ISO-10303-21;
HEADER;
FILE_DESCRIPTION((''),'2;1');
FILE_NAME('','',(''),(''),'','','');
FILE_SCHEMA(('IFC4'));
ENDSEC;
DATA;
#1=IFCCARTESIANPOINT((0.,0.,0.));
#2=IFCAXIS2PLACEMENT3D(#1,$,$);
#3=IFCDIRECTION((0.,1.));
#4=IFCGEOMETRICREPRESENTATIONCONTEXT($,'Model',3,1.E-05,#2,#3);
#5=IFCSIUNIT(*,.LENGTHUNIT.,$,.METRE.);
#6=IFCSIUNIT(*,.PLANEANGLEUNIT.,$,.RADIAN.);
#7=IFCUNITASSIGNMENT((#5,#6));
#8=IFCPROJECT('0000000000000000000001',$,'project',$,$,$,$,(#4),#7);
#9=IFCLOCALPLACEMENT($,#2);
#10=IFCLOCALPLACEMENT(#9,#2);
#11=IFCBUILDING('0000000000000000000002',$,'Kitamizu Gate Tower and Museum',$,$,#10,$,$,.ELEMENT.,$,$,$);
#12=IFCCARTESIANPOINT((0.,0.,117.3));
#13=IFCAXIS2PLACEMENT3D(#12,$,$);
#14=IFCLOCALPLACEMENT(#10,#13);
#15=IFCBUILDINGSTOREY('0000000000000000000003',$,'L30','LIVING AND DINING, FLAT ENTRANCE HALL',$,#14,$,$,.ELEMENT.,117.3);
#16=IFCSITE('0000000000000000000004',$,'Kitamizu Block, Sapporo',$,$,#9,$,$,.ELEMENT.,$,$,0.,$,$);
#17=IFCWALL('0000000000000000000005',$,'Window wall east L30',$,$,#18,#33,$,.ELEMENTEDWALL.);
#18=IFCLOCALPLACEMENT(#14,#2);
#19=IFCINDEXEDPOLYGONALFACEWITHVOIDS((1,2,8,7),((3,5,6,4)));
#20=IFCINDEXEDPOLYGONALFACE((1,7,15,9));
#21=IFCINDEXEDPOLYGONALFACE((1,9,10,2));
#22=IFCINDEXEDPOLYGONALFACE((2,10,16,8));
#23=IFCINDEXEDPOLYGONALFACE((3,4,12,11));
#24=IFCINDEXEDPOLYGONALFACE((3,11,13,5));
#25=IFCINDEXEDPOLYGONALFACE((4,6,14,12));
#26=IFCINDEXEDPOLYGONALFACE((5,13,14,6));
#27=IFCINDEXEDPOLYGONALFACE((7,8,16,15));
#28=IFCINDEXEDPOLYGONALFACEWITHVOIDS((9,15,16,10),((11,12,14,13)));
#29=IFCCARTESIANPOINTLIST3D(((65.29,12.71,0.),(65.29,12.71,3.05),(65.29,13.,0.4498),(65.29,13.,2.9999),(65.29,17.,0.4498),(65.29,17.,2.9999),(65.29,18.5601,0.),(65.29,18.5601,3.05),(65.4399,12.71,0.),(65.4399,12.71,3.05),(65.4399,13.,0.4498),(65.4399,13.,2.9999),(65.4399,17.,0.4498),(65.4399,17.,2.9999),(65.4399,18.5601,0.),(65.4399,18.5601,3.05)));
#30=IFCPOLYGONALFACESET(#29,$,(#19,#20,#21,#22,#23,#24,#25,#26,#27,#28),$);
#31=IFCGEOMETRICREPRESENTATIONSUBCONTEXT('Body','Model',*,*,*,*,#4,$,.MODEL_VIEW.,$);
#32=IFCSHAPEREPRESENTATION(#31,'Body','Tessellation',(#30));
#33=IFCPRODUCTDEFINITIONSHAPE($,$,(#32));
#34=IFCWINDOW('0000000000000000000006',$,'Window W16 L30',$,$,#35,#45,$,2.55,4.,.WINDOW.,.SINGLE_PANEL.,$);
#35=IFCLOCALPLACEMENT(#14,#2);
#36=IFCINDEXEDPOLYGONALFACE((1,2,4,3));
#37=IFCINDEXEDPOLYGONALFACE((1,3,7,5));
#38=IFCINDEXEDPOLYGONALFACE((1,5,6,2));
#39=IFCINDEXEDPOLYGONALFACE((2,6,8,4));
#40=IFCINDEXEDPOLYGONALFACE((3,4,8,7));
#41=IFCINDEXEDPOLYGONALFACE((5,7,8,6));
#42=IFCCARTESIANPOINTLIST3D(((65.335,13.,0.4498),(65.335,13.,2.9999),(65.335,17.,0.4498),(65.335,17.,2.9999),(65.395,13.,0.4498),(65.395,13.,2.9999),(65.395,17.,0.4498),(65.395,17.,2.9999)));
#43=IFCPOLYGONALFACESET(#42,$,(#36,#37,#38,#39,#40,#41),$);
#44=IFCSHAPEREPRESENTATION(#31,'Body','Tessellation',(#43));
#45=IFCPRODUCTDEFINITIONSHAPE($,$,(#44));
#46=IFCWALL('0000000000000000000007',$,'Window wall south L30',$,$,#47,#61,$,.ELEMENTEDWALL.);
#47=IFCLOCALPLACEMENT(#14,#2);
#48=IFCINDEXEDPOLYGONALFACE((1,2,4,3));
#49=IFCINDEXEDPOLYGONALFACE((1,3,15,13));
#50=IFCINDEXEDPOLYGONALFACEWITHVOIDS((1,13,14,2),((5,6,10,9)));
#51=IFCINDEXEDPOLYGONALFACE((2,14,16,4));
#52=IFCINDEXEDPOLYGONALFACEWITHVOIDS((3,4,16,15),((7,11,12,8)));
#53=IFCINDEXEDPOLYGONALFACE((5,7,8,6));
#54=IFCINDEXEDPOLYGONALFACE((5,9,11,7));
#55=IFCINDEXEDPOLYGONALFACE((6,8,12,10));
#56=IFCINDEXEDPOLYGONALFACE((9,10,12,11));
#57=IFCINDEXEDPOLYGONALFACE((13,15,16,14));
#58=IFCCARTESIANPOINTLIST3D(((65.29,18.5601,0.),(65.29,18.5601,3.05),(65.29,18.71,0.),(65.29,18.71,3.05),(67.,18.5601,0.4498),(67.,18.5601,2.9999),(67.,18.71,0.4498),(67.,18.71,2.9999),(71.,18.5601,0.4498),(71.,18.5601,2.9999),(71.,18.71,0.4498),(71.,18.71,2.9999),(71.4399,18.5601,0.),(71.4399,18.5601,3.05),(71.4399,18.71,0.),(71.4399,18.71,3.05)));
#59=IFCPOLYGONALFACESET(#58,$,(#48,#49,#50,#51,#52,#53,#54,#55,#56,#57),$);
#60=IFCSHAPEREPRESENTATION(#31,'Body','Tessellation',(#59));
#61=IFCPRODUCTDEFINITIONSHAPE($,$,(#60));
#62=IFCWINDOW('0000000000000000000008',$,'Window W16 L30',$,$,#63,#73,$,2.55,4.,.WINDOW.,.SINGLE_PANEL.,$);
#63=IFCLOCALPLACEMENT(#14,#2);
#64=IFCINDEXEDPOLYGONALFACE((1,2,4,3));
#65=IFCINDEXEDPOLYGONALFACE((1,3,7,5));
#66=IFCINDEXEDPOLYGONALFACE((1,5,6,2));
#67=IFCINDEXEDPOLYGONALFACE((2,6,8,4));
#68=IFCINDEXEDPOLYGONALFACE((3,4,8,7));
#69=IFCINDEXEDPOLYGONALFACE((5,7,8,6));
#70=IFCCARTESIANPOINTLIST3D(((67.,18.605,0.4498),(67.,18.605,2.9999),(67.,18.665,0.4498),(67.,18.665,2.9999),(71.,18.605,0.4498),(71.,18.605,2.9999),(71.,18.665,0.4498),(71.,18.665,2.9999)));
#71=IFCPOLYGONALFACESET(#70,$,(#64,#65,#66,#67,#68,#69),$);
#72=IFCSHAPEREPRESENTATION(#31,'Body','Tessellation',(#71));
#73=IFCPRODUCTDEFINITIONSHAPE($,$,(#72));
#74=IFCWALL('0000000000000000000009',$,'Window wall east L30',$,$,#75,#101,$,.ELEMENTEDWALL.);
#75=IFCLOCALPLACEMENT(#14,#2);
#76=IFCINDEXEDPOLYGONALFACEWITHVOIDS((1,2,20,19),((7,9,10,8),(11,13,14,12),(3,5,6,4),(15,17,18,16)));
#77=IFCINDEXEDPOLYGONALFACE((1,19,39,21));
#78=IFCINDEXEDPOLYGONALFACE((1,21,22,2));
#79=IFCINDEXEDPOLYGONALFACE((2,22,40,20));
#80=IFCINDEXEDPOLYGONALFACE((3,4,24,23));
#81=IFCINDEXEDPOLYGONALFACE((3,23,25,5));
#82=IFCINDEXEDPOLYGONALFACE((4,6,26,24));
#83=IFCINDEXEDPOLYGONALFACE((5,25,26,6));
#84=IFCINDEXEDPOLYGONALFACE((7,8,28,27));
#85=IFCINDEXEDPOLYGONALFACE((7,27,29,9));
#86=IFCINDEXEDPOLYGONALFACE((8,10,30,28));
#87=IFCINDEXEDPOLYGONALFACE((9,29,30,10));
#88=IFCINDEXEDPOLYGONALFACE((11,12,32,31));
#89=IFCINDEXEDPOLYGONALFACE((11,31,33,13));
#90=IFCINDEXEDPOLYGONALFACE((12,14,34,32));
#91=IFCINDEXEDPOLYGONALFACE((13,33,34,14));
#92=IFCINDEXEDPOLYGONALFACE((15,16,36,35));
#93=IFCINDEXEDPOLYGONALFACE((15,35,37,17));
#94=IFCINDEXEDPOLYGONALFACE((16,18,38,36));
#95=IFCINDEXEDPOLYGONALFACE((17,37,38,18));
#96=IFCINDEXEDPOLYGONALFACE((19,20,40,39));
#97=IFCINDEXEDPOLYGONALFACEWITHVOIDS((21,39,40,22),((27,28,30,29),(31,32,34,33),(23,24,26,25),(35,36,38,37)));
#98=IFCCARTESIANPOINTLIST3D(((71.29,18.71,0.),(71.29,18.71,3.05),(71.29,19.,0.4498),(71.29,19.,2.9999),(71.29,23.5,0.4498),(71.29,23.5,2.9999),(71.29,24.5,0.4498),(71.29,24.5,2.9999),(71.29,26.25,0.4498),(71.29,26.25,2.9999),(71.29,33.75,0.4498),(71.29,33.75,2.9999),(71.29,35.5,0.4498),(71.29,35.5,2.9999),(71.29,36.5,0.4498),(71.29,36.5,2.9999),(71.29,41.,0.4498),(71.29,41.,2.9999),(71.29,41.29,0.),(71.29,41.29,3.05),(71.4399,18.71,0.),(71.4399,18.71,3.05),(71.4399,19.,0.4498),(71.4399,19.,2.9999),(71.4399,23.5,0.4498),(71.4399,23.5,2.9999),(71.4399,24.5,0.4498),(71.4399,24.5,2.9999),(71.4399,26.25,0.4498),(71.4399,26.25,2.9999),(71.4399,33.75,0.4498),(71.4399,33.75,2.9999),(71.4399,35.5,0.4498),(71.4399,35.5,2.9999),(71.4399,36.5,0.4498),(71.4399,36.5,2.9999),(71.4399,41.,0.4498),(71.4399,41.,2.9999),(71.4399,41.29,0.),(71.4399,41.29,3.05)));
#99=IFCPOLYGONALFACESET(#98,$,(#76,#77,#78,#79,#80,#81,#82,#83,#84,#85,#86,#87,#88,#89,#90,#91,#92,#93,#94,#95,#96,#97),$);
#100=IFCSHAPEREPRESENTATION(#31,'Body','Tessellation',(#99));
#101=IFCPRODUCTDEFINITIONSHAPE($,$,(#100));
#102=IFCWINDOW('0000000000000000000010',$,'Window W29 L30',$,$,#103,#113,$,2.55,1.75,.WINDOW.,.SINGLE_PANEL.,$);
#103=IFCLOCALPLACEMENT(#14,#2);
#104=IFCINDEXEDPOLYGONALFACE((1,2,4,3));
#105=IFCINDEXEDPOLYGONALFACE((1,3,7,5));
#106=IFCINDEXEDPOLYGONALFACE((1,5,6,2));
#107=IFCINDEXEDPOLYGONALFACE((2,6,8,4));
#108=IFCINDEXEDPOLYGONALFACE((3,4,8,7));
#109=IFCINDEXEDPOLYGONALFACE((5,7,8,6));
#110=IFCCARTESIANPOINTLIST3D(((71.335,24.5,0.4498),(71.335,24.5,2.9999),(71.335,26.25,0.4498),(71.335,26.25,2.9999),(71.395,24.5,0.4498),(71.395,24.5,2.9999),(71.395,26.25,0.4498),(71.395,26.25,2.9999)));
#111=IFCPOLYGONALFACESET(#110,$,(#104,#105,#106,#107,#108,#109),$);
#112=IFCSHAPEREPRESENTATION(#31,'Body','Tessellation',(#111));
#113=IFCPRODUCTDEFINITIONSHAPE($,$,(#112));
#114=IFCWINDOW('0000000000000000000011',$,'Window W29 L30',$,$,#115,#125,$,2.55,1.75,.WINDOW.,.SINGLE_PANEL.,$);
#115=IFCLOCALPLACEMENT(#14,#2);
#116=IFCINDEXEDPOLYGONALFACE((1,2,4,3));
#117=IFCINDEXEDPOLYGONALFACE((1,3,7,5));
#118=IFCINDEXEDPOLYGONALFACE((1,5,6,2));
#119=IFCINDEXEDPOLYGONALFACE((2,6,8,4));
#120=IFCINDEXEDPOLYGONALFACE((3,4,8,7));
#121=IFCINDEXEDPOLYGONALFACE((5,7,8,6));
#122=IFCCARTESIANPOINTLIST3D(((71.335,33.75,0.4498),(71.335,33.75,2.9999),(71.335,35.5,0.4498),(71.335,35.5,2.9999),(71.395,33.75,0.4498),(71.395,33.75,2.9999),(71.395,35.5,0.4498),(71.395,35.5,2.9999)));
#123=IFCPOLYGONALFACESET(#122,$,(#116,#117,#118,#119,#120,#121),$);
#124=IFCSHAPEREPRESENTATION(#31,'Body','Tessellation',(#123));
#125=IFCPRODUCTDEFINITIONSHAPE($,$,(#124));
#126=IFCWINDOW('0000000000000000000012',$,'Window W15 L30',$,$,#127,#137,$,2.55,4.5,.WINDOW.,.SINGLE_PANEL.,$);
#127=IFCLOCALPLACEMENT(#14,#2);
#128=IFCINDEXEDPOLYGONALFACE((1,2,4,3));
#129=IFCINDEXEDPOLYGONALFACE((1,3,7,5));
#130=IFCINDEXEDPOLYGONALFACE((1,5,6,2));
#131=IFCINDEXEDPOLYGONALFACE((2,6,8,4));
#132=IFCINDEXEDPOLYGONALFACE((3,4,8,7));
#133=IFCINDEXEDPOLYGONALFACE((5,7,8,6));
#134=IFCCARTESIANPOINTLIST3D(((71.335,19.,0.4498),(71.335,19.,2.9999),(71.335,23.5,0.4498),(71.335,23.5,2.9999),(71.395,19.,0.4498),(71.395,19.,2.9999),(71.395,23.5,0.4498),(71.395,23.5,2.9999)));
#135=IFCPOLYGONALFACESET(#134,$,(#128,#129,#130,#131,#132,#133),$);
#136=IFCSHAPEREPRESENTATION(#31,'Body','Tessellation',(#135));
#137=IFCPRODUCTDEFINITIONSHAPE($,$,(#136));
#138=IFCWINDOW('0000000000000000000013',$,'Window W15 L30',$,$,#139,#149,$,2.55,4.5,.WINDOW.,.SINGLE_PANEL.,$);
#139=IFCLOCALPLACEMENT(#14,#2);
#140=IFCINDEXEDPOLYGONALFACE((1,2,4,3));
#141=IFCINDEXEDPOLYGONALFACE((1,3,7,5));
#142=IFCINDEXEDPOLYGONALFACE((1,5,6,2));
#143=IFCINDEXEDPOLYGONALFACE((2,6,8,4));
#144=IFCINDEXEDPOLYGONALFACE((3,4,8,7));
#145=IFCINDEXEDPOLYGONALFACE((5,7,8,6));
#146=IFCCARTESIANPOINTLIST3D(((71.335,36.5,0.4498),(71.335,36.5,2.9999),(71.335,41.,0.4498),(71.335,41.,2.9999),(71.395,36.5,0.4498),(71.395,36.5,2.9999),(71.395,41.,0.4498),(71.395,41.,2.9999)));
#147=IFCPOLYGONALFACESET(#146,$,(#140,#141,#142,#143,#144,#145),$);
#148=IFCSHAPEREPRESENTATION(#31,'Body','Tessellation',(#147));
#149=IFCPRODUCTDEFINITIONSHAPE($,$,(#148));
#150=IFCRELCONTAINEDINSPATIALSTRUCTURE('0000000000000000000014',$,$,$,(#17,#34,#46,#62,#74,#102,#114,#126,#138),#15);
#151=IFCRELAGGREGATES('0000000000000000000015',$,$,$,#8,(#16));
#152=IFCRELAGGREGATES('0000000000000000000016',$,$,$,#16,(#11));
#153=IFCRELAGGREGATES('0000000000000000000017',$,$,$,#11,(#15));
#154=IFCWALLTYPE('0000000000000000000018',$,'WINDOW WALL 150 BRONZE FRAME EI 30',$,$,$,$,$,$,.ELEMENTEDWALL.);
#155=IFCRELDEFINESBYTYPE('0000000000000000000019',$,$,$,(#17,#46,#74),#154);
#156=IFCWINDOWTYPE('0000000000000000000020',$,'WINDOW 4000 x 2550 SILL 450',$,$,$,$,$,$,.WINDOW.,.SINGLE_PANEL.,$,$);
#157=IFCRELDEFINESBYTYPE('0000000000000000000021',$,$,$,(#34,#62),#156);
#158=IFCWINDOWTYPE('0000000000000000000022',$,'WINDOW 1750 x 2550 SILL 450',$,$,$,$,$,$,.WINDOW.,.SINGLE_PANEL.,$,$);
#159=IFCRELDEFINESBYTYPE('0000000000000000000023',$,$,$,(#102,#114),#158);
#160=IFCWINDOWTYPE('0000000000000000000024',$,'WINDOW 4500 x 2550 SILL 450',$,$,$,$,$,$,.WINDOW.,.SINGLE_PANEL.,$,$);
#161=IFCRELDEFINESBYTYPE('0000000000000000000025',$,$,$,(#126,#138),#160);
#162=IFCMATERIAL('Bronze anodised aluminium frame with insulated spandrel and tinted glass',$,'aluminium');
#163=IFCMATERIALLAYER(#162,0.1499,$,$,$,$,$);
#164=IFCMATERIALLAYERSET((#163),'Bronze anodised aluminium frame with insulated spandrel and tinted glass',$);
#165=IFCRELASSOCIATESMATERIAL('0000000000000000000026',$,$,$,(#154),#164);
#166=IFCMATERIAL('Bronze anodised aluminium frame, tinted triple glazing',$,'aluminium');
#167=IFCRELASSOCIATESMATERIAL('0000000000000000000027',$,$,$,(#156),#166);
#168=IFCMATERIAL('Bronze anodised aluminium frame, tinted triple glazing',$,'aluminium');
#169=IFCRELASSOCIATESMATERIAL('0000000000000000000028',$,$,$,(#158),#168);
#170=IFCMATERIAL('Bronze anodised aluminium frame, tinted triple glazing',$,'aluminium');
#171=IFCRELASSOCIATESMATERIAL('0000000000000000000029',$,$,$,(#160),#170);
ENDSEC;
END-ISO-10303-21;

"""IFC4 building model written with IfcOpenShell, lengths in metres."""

from ifc_helpers import new_model, si_unit, direction, frame, frame_2d, origin, place, context, subcontext, project, spatial, rectangle, extrude, material, layer, layer_set, type_object, element, fill, save


model = new_model("IFC4")

# Units and contexts
model_context = context("Model", 3, precision=1e-05, world=origin(), true_north=direction((0.0, 1.0)))
body_context = subcontext(model_context, "Body", "Model", "MODEL_VIEW")
ifc_project = project(units=[si_unit("LENGTHUNIT", "METRE"), si_unit("PLANEANGLEUNIT", "RADIAN")], contexts=[model_context])

# Site, building, storey
site_placement = place(None, origin())
site = spatial("IfcSite", under=ifc_project, at=site_placement, Name="Kitamizu Block, Sapporo", CompositionType="ELEMENT", RefElevation=0.0)
building_placement = place(site_placement, origin())
building = spatial("IfcBuilding", under=site, at=building_placement, Name="Kitamizu Gate Tower and Museum", CompositionType="ELEMENT")
storey_placement = place(building_placement, frame((0.0, 0.0, 117.3)))
storey = spatial("IfcBuildingStorey", under=building, at=storey_placement, Name="L30", Description="LIVING AND DINING, FLAT ENTRANCE HALL", CompositionType="ELEMENT", Elevation=117.3)

# Walls, openings, windows
ifc_material_1 = material(Name="Bronze anodised aluminium frame with insulated spandrel and tinted glass", Category="aluminium")
ifc_layer_1 = layer(ifc_material_1, 0.1499)
ifc_layer_set_1 = layer_set([ifc_layer_1], Name="Bronze anodised aluminium frame with insulated spandrel and tinted glass")
wall_type_1 = type_object("IfcWallType", Name="WINDOW WALL 150 BRONZE FRAME EI 30", PredefinedType="ELEMENTEDWALL", material=ifc_layer_set_1)
wall_1_placement = place(storey_placement, frame((65.365, 12.71, 0.0), z_axis=(0.0, 0.0, 1.0), x_axis=(0.0, 1.0, 0.0)))
wall_1 = element("IfcWall", 1, at=wall_1_placement, inside=storey, type_object=wall_type_1, Name="Window wall east L30", PredefinedType="ELEMENTEDWALL", context=body_context, shape_type="SweptSolid", body=[
    extrude(rectangle(XDim=5.8501, YDim=0.1499, at=frame_2d((2.925, 0.0))), origin(), (0.0, 0.0, 1.0), 3.05),
])
opening_1_placement = place(wall_1_placement, frame((0.29, 0.0, 0.45)))
opening_1 = element("IfcOpeningElement", 2, at=opening_1_placement, cuts=wall_1, PredefinedType="OPENING", context=body_context, shape_type="SweptSolid", body=[
    extrude(rectangle(XDim=4.0, YDim=2.55, at=frame_2d((2.0, 1.2749))), frame((0.0, 0.085, 0.0), z_axis=(0.0, -1.0, 0.0), x_axis=(1.0, 0.0, 0.0)), (0.0, 0.0, 1.0), 0.1699),
])
ifc_material_2 = material(Name="Bronze anodised aluminium frame, tinted triple glazing", Category="aluminium")
window_type_1 = type_object("IfcWindowType", Name="WINDOW 4000 x 2550 SILL 450", PartitioningType="SINGLE_PANEL", PredefinedType="WINDOW", material=ifc_material_2)
window_1_placement = place(opening_1_placement, origin())
window_1 = element("IfcWindow", 3, at=window_1_placement, inside=storey, type_object=window_type_1, Name="Window W16 L30", OverallHeight=2.55, OverallWidth=4.0, PartitioningType="SINGLE_PANEL", PredefinedType="WINDOW", context=body_context, shape_type="SweptSolid", body=[
    extrude(rectangle(XDim=4.0, YDim=2.55, at=frame_2d((2.0, 1.2749))), frame((0.0, 0.03, 0.0), z_axis=(0.0, -1.0, 0.0), x_axis=(1.0, 0.0, 0.0)), (0.0, 0.0, 1.0), 0.0601),
])
fill(opening_1, window_1)
wall_2_placement = place(storey_placement, frame((65.29, 18.635, 0.0), z_axis=(0.0, 0.0, 1.0), x_axis=(1.0, 0.0, 0.0)))
wall_2 = element("IfcWall", 4, at=wall_2_placement, inside=storey, type_object=wall_type_1, Name="Window wall south L30", PredefinedType="ELEMENTEDWALL", context=body_context, shape_type="SweptSolid", body=[
    extrude(rectangle(XDim=6.1499, YDim=0.1499, at=frame_2d((3.075, 0.0))), origin(), (0.0, 0.0, 1.0), 3.05),
])
opening_2_placement = place(wall_2_placement, frame((1.71, 0.0, 0.45)))
opening_2 = element("IfcOpeningElement", 5, at=opening_2_placement, cuts=wall_2, PredefinedType="OPENING", context=body_context, shape_type="SweptSolid", body=[
    extrude(rectangle(XDim=4.0, YDim=2.55, at=frame_2d((2.0, 1.2749))), frame((0.0, 0.085, 0.0), z_axis=(0.0, -1.0, 0.0), x_axis=(1.0, 0.0, 0.0)), (0.0, 0.0, 1.0), 0.1699),
])
window_2_placement = place(opening_2_placement, origin())
window_2 = element("IfcWindow", 6, at=window_2_placement, inside=storey, type_object=window_type_1, Name="Window W16 L30", OverallHeight=2.55, OverallWidth=4.0, PartitioningType="SINGLE_PANEL", PredefinedType="WINDOW", context=body_context, shape_type="SweptSolid", body=[
    extrude(rectangle(XDim=4.0, YDim=2.55, at=frame_2d((2.0, 1.2749))), frame((0.0, 0.03, 0.0), z_axis=(0.0, -1.0, 0.0), x_axis=(1.0, 0.0, 0.0)), (0.0, 0.0, 1.0), 0.0601),
])
fill(opening_2, window_2)

# Wall, openings, windows
wall_3_placement = place(storey_placement, frame((71.365, 18.71, 0.0), z_axis=(0.0, 0.0, 1.0), x_axis=(0.0, 1.0, 0.0)))
wall_3 = element("IfcWall", 7, at=wall_3_placement, inside=storey, type_object=wall_type_1, Name="Window wall east L30", PredefinedType="ELEMENTEDWALL", context=body_context, shape_type="SweptSolid", body=[
    extrude(rectangle(XDim=22.5801, YDim=0.1499, at=frame_2d((11.29, 0.0))), origin(), (0.0, 0.0, 1.0), 3.05),
])
opening_3_placement = place(wall_3_placement, frame((0.29, 0.0, 0.45)))
opening_3 = element("IfcOpeningElement", 8, at=opening_3_placement, cuts=wall_3, PredefinedType="OPENING", context=body_context, shape_type="SweptSolid", body=[
    extrude(rectangle(XDim=4.5, YDim=2.55, at=frame_2d((2.25, 1.2749))), frame((0.0, 0.085, 0.0), z_axis=(0.0, -1.0, 0.0), x_axis=(1.0, 0.0, 0.0)), (0.0, 0.0, 1.0), 0.1699),
])
opening_4_placement = place(wall_3_placement, frame((5.79, 0.0, 0.45)))
opening_4 = element("IfcOpeningElement", 9, at=opening_4_placement, cuts=wall_3, PredefinedType="OPENING", context=body_context, shape_type="SweptSolid", body=[
    extrude(rectangle(XDim=1.75, YDim=2.55, at=frame_2d((0.875, 1.2749))), frame((0.0, 0.085, 0.0), z_axis=(0.0, -1.0, 0.0), x_axis=(1.0, 0.0, 0.0)), (0.0, 0.0, 1.0), 0.1699),
])
opening_5_placement = place(wall_3_placement, frame((15.04, 0.0, 0.45)))
opening_5 = element("IfcOpeningElement", 10, at=opening_5_placement, cuts=wall_3, PredefinedType="OPENING", context=body_context, shape_type="SweptSolid", body=[
    extrude(rectangle(XDim=1.75, YDim=2.55, at=frame_2d((0.875, 1.2749))), frame((0.0, 0.085, 0.0), z_axis=(0.0, -1.0, 0.0), x_axis=(1.0, 0.0, 0.0)), (0.0, 0.0, 1.0), 0.1699),
])
opening_6_placement = place(wall_3_placement, frame((17.79, 0.0, 0.45)))
opening_6 = element("IfcOpeningElement", 11, at=opening_6_placement, cuts=wall_3, PredefinedType="OPENING", context=body_context, shape_type="SweptSolid", body=[
    extrude(rectangle(XDim=4.5, YDim=2.55, at=frame_2d((2.25, 1.2749))), frame((0.0, 0.085, 0.0), z_axis=(0.0, -1.0, 0.0), x_axis=(1.0, 0.0, 0.0)), (0.0, 0.0, 1.0), 0.1699),
])
ifc_material_3 = material(Name="Bronze anodised aluminium frame, tinted triple glazing", Category="aluminium")
window_type_2 = type_object("IfcWindowType", Name="WINDOW 1750 x 2550 SILL 450", PartitioningType="SINGLE_PANEL", PredefinedType="WINDOW", material=ifc_material_3)
window_3_placement = place(opening_4_placement, origin())
window_3 = element("IfcWindow", 12, at=window_3_placement, inside=storey, type_object=window_type_2, Name="Window W29 L30", OverallHeight=2.55, OverallWidth=1.75, PartitioningType="SINGLE_PANEL", PredefinedType="WINDOW", context=body_context, shape_type="SweptSolid", body=[
    extrude(rectangle(XDim=1.75, YDim=2.55, at=frame_2d((0.875, 1.2749))), frame((0.0, 0.03, 0.0), z_axis=(0.0, -1.0, 0.0), x_axis=(1.0, 0.0, 0.0)), (0.0, 0.0, 1.0), 0.0601),
])
fill(opening_4, window_3)
window_4_placement = place(opening_5_placement, origin())
window_4 = element("IfcWindow", 13, at=window_4_placement, inside=storey, type_object=window_type_2, Name="Window W29 L30", OverallHeight=2.55, OverallWidth=1.75, PartitioningType="SINGLE_PANEL", PredefinedType="WINDOW", context=body_context, shape_type="SweptSolid", body=[
    extrude(rectangle(XDim=1.75, YDim=2.55, at=frame_2d((0.875, 1.2749))), frame((0.0, 0.03, 0.0), z_axis=(0.0, -1.0, 0.0), x_axis=(1.0, 0.0, 0.0)), (0.0, 0.0, 1.0), 0.0601),
])
fill(opening_5, window_4)
ifc_material_4 = material(Name="Bronze anodised aluminium frame, tinted triple glazing", Category="aluminium")
window_type_3 = type_object("IfcWindowType", Name="WINDOW 4500 x 2550 SILL 450", PartitioningType="SINGLE_PANEL", PredefinedType="WINDOW", material=ifc_material_4)
window_5_placement = place(opening_3_placement, origin())
window_5 = element("IfcWindow", 14, at=window_5_placement, inside=storey, type_object=window_type_3, Name="Window W15 L30", OverallHeight=2.55, OverallWidth=4.5, PartitioningType="SINGLE_PANEL", PredefinedType="WINDOW", context=body_context, shape_type="SweptSolid", body=[
    extrude(rectangle(XDim=4.5, YDim=2.55, at=frame_2d((2.25, 1.2749))), frame((0.0, 0.03, 0.0), z_axis=(0.0, -1.0, 0.0), x_axis=(1.0, 0.0, 0.0)), (0.0, 0.0, 1.0), 0.0601),
])
fill(opening_3, window_5)
window_6_placement = place(opening_6_placement, origin())
window_6 = element("IfcWindow", 15, at=window_6_placement, inside=storey, type_object=window_type_3, Name="Window W15 L30", OverallHeight=2.55, OverallWidth=4.5, PartitioningType="SINGLE_PANEL", PredefinedType="WINDOW", context=body_context, shape_type="SweptSolid", body=[
    extrude(rectangle(XDim=4.5, YDim=2.55, at=frame_2d((2.25, 1.2749))), frame((0.0, 0.03, 0.0), z_axis=(0.0, -1.0, 0.0), x_axis=(1.0, 0.0, 0.0)), (0.0, 0.0, 1.0), 0.0601),
])
fill(opening_6, window_6)

save(model, "model.ifc")
